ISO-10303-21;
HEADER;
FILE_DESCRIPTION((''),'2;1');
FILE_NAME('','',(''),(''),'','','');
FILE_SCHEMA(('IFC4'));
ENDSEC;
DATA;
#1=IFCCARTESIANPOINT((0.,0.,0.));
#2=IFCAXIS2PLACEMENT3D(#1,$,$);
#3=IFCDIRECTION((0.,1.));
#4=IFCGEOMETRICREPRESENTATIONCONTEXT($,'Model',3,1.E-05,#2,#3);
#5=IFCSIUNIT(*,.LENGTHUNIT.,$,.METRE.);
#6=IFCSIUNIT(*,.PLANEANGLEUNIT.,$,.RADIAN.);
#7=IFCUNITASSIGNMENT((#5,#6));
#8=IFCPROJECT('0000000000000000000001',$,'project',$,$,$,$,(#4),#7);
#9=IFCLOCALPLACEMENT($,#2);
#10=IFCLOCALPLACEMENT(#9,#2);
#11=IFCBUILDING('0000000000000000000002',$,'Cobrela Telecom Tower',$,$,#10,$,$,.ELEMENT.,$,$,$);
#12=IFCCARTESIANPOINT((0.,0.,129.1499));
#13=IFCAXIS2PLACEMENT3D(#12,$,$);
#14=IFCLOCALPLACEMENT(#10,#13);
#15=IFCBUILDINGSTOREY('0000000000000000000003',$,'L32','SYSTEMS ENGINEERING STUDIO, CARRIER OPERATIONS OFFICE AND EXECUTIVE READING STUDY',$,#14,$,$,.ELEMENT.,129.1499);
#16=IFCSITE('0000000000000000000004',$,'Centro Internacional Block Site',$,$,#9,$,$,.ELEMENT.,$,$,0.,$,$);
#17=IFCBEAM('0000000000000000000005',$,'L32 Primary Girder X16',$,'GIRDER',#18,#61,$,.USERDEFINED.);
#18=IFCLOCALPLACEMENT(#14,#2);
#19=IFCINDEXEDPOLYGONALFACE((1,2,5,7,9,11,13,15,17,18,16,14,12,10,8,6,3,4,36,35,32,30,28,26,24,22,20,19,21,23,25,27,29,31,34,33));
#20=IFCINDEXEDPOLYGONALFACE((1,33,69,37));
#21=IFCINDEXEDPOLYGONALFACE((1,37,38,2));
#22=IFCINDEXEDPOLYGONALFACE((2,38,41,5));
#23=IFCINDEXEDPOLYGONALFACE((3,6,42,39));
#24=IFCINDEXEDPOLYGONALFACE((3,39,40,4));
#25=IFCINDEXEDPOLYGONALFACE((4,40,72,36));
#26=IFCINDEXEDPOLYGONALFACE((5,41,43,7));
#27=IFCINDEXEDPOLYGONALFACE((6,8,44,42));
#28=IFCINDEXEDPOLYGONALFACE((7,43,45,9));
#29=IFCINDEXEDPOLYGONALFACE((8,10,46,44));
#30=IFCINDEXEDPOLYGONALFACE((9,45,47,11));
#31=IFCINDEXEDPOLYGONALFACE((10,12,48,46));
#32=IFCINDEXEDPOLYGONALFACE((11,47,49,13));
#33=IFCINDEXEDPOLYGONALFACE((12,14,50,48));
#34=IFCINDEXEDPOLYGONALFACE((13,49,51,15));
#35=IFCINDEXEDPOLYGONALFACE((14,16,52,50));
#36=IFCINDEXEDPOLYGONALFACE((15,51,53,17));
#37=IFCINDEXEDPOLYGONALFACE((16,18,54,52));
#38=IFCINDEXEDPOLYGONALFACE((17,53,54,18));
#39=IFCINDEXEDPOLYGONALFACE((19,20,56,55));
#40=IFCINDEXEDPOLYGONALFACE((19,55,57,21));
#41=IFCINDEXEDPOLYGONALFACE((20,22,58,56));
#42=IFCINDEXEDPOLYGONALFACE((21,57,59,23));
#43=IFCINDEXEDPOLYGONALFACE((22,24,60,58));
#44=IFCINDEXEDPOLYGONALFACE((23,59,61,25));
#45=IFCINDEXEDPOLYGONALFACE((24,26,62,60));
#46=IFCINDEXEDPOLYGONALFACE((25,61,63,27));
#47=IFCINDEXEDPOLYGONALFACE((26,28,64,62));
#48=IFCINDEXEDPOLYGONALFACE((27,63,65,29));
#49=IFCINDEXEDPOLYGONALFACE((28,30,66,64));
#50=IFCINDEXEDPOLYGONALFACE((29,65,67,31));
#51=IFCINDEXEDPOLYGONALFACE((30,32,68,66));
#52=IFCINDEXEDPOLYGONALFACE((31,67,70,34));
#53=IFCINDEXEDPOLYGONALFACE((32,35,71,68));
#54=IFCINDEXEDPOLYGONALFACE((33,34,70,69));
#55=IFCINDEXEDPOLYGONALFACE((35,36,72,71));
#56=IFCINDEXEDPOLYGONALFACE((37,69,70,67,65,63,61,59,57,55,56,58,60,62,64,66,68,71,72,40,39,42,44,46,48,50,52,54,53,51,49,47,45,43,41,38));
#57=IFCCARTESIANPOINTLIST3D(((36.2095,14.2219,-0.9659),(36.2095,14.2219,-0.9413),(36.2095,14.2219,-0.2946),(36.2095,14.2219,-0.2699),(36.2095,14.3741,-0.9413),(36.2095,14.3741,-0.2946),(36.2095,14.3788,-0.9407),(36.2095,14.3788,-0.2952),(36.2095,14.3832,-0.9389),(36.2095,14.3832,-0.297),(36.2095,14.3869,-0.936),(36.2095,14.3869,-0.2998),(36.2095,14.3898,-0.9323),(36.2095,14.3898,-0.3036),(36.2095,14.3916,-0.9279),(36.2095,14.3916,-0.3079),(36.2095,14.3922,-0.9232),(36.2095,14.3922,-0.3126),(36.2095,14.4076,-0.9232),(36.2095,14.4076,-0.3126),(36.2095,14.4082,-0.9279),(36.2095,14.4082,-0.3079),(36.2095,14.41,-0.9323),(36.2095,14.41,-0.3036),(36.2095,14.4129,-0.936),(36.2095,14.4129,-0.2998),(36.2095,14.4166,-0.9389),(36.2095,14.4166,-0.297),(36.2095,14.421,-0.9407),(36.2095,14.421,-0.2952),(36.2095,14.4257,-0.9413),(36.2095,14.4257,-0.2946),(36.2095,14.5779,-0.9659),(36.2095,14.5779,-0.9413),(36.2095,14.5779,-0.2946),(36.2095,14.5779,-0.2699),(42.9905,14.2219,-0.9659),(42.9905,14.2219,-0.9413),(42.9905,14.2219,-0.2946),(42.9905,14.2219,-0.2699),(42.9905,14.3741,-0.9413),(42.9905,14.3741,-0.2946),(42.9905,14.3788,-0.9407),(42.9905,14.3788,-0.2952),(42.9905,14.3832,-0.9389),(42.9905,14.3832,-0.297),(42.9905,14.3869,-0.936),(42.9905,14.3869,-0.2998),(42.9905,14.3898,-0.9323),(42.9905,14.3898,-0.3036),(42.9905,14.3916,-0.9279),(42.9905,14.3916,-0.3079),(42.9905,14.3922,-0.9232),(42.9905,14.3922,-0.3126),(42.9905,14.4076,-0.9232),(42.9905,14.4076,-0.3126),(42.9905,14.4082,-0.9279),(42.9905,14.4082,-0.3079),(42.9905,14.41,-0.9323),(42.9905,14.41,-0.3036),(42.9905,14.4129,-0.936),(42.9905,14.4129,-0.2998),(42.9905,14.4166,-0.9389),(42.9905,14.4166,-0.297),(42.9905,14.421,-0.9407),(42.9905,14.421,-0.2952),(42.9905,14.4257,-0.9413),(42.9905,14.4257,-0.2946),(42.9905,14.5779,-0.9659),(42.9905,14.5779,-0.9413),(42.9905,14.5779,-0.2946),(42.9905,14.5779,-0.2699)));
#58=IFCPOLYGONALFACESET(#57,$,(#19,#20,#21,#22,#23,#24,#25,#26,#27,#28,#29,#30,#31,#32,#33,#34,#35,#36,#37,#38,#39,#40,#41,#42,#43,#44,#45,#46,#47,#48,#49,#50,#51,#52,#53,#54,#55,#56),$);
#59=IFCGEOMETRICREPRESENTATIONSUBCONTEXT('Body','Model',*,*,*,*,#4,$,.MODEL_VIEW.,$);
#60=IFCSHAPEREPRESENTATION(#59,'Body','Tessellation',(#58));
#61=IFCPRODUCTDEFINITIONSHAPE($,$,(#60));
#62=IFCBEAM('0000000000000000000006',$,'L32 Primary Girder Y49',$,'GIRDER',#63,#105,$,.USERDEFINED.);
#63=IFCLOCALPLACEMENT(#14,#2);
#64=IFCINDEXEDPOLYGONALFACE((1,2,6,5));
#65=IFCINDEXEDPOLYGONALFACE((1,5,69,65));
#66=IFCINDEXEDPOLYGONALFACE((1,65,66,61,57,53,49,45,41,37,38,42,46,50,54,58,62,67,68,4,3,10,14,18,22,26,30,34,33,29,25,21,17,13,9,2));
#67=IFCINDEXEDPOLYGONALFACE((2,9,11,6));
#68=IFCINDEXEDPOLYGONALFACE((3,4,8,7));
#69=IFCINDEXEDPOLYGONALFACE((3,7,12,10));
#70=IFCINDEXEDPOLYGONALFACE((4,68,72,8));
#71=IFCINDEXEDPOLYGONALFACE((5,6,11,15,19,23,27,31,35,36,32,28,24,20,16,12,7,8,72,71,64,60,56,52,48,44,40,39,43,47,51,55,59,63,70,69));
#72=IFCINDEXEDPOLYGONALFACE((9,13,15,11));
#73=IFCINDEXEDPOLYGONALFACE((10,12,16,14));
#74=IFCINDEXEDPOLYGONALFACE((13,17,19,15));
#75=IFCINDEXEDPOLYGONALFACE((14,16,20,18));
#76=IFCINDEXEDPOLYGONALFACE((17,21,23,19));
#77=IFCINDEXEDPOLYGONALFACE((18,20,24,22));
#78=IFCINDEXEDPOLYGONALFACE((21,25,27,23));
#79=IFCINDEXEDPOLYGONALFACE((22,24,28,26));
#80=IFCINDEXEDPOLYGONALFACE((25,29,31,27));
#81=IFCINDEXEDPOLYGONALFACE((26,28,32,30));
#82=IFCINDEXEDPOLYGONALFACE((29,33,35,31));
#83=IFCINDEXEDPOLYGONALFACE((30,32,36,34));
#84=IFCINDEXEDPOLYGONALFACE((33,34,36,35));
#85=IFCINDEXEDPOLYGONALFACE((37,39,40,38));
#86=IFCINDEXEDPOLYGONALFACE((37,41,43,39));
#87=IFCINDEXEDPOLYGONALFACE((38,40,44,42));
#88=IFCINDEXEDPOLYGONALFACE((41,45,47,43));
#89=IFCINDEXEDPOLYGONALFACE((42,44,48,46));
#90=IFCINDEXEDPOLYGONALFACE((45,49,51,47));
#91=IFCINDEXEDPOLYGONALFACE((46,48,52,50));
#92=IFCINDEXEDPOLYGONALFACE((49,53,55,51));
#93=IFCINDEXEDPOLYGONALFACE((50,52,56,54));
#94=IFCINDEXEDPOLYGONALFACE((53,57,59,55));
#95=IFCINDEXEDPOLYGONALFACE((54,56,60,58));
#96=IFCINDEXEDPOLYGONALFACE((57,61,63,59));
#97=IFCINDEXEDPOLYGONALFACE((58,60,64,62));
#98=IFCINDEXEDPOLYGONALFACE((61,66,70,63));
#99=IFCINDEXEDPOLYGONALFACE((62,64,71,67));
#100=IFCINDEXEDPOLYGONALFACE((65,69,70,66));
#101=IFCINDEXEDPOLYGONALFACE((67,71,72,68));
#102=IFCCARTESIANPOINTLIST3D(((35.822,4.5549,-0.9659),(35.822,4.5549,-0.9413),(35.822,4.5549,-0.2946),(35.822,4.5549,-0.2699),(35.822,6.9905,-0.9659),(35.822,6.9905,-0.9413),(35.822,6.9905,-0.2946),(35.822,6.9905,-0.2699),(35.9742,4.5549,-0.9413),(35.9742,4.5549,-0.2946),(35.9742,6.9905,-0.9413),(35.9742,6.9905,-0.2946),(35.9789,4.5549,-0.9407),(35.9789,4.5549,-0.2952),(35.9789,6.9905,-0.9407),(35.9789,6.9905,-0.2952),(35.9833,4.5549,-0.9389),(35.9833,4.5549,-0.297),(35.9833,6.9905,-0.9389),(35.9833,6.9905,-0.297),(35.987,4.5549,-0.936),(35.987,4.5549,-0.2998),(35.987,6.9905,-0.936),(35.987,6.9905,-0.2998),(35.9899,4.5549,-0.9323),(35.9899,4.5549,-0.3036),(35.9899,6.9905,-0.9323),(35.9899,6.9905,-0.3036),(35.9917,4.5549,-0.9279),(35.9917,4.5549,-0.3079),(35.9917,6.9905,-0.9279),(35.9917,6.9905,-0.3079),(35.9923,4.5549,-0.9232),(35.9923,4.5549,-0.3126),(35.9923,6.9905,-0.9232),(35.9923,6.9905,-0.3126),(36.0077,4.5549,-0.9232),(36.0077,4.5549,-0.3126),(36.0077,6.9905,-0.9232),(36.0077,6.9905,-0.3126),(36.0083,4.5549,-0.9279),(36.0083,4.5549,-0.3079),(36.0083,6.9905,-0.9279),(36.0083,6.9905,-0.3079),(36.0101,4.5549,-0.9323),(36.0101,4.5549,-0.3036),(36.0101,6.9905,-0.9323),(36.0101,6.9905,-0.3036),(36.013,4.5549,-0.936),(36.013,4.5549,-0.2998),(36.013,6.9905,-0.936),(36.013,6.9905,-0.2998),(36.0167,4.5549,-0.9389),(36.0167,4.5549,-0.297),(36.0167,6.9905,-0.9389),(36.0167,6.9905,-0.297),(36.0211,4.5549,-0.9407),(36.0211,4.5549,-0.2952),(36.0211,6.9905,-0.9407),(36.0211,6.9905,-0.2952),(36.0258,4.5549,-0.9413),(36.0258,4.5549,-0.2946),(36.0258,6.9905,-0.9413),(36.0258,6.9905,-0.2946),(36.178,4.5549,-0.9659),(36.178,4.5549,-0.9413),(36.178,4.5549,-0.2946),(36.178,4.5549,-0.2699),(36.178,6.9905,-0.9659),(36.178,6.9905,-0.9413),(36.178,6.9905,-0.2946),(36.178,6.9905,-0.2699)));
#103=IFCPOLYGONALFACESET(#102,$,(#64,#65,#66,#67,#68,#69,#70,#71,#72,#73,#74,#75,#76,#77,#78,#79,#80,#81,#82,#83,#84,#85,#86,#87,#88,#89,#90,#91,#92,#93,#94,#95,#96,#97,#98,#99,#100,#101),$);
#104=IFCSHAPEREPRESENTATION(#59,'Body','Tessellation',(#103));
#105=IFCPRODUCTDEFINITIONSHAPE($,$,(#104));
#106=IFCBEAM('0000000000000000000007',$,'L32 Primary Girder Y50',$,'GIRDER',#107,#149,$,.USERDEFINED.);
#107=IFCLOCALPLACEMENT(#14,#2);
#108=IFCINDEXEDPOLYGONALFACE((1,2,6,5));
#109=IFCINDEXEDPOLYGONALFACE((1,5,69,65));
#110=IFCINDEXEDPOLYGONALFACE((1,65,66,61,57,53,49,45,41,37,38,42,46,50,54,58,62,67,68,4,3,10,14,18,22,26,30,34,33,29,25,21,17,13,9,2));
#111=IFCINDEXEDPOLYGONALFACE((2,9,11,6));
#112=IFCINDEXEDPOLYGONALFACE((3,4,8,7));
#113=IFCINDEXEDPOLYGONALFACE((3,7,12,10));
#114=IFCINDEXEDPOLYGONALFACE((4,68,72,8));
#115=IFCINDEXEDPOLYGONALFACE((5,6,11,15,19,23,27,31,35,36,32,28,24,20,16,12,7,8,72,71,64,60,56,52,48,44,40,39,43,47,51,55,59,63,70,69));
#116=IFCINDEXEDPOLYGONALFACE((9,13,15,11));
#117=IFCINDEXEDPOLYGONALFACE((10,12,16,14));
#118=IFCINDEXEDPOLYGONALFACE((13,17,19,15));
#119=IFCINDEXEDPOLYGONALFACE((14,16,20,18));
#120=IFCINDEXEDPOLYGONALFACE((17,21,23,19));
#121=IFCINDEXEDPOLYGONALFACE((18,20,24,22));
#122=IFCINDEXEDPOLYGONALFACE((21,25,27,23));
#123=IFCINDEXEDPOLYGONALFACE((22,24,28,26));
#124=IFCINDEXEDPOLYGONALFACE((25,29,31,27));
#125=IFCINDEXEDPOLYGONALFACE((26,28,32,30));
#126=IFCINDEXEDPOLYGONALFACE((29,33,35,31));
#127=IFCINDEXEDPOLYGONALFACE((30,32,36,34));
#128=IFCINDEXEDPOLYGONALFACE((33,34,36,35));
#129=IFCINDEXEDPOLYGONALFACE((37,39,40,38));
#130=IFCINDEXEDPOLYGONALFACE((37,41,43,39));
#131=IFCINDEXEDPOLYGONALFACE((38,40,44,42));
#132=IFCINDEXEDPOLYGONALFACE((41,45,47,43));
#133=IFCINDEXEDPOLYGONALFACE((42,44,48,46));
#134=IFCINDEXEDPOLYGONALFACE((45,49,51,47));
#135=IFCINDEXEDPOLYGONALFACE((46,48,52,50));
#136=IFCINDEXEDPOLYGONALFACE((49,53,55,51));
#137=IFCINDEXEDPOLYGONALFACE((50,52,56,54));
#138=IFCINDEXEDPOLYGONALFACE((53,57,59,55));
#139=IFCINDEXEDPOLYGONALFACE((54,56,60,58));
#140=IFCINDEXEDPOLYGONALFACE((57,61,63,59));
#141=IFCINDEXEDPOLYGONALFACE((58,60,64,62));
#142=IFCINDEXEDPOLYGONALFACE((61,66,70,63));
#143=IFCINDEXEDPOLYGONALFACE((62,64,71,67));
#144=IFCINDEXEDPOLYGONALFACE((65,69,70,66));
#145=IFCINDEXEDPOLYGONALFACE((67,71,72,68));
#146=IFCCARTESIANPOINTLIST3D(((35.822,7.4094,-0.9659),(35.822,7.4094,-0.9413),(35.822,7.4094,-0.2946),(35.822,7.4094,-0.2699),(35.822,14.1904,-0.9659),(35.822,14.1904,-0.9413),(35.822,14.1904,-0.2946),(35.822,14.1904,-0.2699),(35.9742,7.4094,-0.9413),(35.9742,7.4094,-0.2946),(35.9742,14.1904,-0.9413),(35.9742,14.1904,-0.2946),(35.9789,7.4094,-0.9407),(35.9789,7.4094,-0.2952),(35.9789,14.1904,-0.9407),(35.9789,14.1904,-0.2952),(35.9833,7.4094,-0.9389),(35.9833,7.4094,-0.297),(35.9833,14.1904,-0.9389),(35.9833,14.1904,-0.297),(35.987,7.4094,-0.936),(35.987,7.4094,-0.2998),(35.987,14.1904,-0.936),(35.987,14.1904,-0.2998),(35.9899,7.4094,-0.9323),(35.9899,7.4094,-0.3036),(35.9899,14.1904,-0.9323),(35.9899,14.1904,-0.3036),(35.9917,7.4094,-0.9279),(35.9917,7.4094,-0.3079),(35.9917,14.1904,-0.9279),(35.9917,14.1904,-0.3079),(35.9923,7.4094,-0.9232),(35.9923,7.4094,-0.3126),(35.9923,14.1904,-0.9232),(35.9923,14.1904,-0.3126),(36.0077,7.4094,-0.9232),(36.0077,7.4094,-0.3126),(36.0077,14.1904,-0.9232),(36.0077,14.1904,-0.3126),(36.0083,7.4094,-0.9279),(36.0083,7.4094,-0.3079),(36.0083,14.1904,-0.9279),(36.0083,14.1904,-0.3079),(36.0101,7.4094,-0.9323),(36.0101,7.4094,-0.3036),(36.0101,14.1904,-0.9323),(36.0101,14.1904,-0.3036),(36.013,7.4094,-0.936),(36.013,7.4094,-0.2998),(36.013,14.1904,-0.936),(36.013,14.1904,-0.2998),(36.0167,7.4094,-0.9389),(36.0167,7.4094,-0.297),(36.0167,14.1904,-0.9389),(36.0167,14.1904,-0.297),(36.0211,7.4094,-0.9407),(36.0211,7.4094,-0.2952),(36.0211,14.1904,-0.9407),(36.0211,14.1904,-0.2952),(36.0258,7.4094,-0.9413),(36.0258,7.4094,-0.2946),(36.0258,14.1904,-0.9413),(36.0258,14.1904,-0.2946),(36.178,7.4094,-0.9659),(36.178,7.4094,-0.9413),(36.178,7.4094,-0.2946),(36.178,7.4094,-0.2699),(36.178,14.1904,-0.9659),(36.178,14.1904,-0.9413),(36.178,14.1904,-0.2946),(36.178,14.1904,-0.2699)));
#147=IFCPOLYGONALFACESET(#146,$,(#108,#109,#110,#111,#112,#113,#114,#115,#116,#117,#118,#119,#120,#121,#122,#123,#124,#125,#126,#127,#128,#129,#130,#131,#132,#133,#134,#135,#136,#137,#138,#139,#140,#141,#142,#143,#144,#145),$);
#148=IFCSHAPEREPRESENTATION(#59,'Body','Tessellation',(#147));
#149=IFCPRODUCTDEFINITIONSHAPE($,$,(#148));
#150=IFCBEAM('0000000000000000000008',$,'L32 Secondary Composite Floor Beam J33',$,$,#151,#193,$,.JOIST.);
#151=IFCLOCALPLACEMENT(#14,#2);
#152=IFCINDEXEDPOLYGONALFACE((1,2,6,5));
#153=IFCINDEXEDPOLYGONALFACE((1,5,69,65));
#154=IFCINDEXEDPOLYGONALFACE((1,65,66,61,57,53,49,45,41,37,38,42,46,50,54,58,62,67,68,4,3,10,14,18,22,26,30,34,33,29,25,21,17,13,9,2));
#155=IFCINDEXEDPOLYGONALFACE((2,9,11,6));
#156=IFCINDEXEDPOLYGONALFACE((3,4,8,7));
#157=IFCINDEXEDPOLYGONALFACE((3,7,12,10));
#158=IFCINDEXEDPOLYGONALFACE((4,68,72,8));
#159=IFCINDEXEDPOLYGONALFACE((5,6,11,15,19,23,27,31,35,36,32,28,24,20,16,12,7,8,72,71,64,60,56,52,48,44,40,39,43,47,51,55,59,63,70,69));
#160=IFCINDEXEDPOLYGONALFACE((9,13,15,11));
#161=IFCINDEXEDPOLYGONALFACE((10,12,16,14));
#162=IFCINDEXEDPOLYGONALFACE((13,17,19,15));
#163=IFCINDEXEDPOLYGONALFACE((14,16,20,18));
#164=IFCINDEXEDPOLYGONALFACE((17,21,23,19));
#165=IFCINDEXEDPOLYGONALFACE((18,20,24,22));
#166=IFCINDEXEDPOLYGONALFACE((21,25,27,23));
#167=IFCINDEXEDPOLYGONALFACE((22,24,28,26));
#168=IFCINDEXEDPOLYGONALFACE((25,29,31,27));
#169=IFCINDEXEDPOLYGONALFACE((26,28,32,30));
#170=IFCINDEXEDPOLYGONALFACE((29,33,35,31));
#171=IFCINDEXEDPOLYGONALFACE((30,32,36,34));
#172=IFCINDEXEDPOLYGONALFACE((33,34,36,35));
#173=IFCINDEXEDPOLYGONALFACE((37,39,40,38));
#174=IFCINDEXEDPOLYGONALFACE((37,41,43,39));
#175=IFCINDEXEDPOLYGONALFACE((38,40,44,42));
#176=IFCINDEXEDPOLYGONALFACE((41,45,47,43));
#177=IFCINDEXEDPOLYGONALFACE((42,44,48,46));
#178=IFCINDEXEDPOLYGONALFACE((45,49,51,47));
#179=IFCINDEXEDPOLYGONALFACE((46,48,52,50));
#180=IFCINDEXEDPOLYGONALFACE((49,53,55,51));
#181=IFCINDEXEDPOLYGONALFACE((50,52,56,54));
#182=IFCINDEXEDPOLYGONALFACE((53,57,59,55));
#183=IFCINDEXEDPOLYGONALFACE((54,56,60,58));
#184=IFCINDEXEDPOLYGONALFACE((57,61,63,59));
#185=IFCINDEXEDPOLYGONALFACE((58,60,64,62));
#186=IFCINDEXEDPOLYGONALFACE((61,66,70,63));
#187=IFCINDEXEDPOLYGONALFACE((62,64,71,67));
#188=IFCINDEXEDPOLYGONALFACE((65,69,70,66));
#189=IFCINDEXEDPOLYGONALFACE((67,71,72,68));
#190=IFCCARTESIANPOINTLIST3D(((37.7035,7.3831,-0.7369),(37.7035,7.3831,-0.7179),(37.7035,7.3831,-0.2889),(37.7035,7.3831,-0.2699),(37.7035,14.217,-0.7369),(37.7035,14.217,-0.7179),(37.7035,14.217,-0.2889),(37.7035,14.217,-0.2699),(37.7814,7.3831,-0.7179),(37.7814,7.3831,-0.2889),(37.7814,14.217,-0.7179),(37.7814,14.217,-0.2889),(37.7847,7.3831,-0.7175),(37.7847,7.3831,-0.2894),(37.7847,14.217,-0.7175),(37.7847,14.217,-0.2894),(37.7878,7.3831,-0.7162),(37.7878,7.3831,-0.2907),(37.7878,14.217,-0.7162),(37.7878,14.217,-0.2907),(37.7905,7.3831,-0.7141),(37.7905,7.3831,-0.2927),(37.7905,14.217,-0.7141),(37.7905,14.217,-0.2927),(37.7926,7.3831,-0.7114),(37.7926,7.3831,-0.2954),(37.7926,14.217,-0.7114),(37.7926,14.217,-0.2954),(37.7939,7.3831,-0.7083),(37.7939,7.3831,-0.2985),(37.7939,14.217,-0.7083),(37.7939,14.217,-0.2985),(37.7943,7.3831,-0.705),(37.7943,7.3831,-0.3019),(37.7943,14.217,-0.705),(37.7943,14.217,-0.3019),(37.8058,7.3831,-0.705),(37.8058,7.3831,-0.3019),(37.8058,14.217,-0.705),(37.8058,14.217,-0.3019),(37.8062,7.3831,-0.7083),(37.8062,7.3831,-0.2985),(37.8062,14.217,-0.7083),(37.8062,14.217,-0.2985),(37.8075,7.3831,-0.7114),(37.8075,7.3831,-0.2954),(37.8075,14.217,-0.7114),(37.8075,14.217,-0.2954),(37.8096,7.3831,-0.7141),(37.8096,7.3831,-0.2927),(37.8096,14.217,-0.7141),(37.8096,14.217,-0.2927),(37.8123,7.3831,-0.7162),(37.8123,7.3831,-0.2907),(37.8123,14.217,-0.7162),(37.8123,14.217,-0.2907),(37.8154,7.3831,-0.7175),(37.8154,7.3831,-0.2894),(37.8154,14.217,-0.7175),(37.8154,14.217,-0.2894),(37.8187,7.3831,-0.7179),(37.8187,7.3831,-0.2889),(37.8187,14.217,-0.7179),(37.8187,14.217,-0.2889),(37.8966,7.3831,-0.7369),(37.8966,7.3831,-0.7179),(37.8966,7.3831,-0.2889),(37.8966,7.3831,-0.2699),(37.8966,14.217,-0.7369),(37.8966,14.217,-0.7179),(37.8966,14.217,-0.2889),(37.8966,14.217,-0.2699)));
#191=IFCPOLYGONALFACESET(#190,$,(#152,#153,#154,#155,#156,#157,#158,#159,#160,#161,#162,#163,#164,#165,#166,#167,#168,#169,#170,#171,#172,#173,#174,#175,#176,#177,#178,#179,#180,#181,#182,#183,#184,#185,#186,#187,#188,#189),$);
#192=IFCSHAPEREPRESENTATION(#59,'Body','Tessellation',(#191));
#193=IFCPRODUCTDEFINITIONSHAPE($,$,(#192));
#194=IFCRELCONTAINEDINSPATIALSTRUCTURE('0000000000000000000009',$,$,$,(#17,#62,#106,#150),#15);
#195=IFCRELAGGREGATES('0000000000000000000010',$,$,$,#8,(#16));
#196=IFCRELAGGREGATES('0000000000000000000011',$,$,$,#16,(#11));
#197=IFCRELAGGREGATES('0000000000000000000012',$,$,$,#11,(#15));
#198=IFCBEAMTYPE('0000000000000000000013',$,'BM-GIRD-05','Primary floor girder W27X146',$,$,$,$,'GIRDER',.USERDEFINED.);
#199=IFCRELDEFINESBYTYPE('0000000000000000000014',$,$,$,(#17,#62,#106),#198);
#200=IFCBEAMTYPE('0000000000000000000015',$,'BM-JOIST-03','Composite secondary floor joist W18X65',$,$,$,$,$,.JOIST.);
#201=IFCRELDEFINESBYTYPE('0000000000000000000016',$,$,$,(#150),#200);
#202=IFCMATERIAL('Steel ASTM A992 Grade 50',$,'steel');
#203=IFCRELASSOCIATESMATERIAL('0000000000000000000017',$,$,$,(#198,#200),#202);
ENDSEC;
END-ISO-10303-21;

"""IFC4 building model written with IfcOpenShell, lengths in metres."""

from ifc_helpers import new_model, si_unit, direction, frame, origin, origin_2d, place, context, subcontext, project, spatial, i_section, extrude, material, material_profile, profile_set, type_object, element, save


model = new_model("IFC4")

# Units and contexts
model_context = context("Model", 3, precision=1e-05, world=origin(), true_north=direction((0.0, 1.0)))
body_context = subcontext(model_context, "Body", "Model", "MODEL_VIEW")
ifc_project = project(units=[si_unit("LENGTHUNIT", "METRE"), si_unit("PLANEANGLEUNIT", "RADIAN")], contexts=[model_context])

# Site, building, storey
site_placement = place(None, origin())
site = spatial("IfcSite", under=ifc_project, at=site_placement, Name="Centro Internacional Block Site", CompositionType="ELEMENT", RefElevation=0.0)
building_placement = place(site_placement, origin())
building = spatial("IfcBuilding", under=site, at=building_placement, Name="Cobrela Telecom Tower", CompositionType="ELEMENT")
storey_placement = place(building_placement, frame((0.0, 0.0, 129.1499)))
storey = spatial("IfcBuildingStorey", under=building, at=storey_placement, Name="L32", Description="SYSTEMS ENGINEERING STUDIO, CARRIER OPERATIONS OFFICE AND EXECUTIVE READING STUDY", CompositionType="ELEMENT", Elevation=129.1499)

# Shared definitions
ifc_material_1 = material(Name="Steel ASTM A992 Grade 50", Category="steel")

# Beams
ifc_material_profile_1 = material_profile(ifc_material_1, i_section(OverallWidth=0.356, OverallDepth=0.696, WebThickness=0.0154, FlangeThickness=0.0247, FilletRadius=0.0181, at=origin_2d()), Name="W27X146")
ifc_profile_set_1 = profile_set([ifc_material_profile_1], Name="Steel ASTM A992 Grade 50")
beam_type_1 = type_object("IfcBeamType", Name="BM-GIRD-05", Description="Primary floor girder W27X146", ElementType="GIRDER", PredefinedType="USERDEFINED", material=ifc_profile_set_1)
beam_1_placement = place(storey_placement, frame((36.2095, 14.3999, -0.6179), z_axis=(1.0, 0.0, 0.0), x_axis=(0.0, 1.0, 0.0)))
element("IfcBeam", 1, at=beam_1_placement, inside=storey, type_object=beam_type_1, Name="L32 Primary Girder X16", ObjectType="GIRDER", PredefinedType="USERDEFINED", context=body_context, shape_type="SweptSolid", body=[
    extrude(i_section(OverallWidth=0.356, OverallDepth=0.696, WebThickness=0.0154, FlangeThickness=0.0247, FilletRadius=0.0181, at=origin_2d()), origin(), (0.0, 0.0, 1.0), 6.781),
])
beam_2_placement = place(storey_placement, frame((36.0, 4.5549, -0.6179), z_axis=(0.0, 1.0, 0.0), x_axis=(-1.0, 0.0, 0.0)))
element("IfcBeam", 2, at=beam_2_placement, inside=storey, type_object=beam_type_1, Name="L32 Primary Girder Y49", ObjectType="GIRDER", PredefinedType="USERDEFINED", context=body_context, shape_type="SweptSolid", body=[
    extrude(i_section(OverallWidth=0.356, OverallDepth=0.696, WebThickness=0.0154, FlangeThickness=0.0247, FilletRadius=0.0181, at=origin_2d()), origin(), (0.0, 0.0, 1.0), 2.4355),
])
beam_3_placement = place(storey_placement, frame((36.0, 7.4094, -0.6179), z_axis=(0.0, 1.0, 0.0), x_axis=(-1.0, 0.0, 0.0)))
element("IfcBeam", 3, at=beam_3_placement, inside=storey, type_object=beam_type_1, Name="L32 Primary Girder Y50", ObjectType="GIRDER", PredefinedType="USERDEFINED", context=body_context, shape_type="SweptSolid", body=[
    extrude(i_section(OverallWidth=0.356, OverallDepth=0.696, WebThickness=0.0154, FlangeThickness=0.0247, FilletRadius=0.0181, at=origin_2d()), origin(), (0.0, 0.0, 1.0), 6.781),
])
ifc_material_profile_2 = material_profile(ifc_material_1, i_section(OverallWidth=0.1931, OverallDepth=0.467, WebThickness=0.0115, FlangeThickness=0.019, FilletRadius=0.0129, at=origin_2d()), Name="W18X65")
ifc_profile_set_2 = profile_set([ifc_material_profile_2], Name="Steel ASTM A992 Grade 50")
beam_type_2 = type_object("IfcBeamType", Name="BM-JOIST-03", Description="Composite secondary floor joist W18X65", PredefinedType="JOIST", material=ifc_profile_set_2)
for number, where, z_axis, x_axis, name in (
    (4, (37.8, 7.3831, -0.5034), (0.0, 1.0, 0.0), (-1.0, 0.0, 0.0), "L32 Secondary Composite Floor Beam J33"),
):
    element("IfcBeam", number, at=place(storey_placement, frame(where, z_axis=z_axis, x_axis=x_axis)), inside=storey, type_object=beam_type_2, Name=name, PredefinedType="JOIST", context=body_context, shape_type="SweptSolid", body=[
        extrude(i_section(OverallWidth=0.1931, OverallDepth=0.467, WebThickness=0.0115, FlangeThickness=0.019, FilletRadius=0.0129, at=origin_2d()), origin(), (0.0, 0.0, 1.0), 6.834),
    ])

save(model, "model.ifc")
